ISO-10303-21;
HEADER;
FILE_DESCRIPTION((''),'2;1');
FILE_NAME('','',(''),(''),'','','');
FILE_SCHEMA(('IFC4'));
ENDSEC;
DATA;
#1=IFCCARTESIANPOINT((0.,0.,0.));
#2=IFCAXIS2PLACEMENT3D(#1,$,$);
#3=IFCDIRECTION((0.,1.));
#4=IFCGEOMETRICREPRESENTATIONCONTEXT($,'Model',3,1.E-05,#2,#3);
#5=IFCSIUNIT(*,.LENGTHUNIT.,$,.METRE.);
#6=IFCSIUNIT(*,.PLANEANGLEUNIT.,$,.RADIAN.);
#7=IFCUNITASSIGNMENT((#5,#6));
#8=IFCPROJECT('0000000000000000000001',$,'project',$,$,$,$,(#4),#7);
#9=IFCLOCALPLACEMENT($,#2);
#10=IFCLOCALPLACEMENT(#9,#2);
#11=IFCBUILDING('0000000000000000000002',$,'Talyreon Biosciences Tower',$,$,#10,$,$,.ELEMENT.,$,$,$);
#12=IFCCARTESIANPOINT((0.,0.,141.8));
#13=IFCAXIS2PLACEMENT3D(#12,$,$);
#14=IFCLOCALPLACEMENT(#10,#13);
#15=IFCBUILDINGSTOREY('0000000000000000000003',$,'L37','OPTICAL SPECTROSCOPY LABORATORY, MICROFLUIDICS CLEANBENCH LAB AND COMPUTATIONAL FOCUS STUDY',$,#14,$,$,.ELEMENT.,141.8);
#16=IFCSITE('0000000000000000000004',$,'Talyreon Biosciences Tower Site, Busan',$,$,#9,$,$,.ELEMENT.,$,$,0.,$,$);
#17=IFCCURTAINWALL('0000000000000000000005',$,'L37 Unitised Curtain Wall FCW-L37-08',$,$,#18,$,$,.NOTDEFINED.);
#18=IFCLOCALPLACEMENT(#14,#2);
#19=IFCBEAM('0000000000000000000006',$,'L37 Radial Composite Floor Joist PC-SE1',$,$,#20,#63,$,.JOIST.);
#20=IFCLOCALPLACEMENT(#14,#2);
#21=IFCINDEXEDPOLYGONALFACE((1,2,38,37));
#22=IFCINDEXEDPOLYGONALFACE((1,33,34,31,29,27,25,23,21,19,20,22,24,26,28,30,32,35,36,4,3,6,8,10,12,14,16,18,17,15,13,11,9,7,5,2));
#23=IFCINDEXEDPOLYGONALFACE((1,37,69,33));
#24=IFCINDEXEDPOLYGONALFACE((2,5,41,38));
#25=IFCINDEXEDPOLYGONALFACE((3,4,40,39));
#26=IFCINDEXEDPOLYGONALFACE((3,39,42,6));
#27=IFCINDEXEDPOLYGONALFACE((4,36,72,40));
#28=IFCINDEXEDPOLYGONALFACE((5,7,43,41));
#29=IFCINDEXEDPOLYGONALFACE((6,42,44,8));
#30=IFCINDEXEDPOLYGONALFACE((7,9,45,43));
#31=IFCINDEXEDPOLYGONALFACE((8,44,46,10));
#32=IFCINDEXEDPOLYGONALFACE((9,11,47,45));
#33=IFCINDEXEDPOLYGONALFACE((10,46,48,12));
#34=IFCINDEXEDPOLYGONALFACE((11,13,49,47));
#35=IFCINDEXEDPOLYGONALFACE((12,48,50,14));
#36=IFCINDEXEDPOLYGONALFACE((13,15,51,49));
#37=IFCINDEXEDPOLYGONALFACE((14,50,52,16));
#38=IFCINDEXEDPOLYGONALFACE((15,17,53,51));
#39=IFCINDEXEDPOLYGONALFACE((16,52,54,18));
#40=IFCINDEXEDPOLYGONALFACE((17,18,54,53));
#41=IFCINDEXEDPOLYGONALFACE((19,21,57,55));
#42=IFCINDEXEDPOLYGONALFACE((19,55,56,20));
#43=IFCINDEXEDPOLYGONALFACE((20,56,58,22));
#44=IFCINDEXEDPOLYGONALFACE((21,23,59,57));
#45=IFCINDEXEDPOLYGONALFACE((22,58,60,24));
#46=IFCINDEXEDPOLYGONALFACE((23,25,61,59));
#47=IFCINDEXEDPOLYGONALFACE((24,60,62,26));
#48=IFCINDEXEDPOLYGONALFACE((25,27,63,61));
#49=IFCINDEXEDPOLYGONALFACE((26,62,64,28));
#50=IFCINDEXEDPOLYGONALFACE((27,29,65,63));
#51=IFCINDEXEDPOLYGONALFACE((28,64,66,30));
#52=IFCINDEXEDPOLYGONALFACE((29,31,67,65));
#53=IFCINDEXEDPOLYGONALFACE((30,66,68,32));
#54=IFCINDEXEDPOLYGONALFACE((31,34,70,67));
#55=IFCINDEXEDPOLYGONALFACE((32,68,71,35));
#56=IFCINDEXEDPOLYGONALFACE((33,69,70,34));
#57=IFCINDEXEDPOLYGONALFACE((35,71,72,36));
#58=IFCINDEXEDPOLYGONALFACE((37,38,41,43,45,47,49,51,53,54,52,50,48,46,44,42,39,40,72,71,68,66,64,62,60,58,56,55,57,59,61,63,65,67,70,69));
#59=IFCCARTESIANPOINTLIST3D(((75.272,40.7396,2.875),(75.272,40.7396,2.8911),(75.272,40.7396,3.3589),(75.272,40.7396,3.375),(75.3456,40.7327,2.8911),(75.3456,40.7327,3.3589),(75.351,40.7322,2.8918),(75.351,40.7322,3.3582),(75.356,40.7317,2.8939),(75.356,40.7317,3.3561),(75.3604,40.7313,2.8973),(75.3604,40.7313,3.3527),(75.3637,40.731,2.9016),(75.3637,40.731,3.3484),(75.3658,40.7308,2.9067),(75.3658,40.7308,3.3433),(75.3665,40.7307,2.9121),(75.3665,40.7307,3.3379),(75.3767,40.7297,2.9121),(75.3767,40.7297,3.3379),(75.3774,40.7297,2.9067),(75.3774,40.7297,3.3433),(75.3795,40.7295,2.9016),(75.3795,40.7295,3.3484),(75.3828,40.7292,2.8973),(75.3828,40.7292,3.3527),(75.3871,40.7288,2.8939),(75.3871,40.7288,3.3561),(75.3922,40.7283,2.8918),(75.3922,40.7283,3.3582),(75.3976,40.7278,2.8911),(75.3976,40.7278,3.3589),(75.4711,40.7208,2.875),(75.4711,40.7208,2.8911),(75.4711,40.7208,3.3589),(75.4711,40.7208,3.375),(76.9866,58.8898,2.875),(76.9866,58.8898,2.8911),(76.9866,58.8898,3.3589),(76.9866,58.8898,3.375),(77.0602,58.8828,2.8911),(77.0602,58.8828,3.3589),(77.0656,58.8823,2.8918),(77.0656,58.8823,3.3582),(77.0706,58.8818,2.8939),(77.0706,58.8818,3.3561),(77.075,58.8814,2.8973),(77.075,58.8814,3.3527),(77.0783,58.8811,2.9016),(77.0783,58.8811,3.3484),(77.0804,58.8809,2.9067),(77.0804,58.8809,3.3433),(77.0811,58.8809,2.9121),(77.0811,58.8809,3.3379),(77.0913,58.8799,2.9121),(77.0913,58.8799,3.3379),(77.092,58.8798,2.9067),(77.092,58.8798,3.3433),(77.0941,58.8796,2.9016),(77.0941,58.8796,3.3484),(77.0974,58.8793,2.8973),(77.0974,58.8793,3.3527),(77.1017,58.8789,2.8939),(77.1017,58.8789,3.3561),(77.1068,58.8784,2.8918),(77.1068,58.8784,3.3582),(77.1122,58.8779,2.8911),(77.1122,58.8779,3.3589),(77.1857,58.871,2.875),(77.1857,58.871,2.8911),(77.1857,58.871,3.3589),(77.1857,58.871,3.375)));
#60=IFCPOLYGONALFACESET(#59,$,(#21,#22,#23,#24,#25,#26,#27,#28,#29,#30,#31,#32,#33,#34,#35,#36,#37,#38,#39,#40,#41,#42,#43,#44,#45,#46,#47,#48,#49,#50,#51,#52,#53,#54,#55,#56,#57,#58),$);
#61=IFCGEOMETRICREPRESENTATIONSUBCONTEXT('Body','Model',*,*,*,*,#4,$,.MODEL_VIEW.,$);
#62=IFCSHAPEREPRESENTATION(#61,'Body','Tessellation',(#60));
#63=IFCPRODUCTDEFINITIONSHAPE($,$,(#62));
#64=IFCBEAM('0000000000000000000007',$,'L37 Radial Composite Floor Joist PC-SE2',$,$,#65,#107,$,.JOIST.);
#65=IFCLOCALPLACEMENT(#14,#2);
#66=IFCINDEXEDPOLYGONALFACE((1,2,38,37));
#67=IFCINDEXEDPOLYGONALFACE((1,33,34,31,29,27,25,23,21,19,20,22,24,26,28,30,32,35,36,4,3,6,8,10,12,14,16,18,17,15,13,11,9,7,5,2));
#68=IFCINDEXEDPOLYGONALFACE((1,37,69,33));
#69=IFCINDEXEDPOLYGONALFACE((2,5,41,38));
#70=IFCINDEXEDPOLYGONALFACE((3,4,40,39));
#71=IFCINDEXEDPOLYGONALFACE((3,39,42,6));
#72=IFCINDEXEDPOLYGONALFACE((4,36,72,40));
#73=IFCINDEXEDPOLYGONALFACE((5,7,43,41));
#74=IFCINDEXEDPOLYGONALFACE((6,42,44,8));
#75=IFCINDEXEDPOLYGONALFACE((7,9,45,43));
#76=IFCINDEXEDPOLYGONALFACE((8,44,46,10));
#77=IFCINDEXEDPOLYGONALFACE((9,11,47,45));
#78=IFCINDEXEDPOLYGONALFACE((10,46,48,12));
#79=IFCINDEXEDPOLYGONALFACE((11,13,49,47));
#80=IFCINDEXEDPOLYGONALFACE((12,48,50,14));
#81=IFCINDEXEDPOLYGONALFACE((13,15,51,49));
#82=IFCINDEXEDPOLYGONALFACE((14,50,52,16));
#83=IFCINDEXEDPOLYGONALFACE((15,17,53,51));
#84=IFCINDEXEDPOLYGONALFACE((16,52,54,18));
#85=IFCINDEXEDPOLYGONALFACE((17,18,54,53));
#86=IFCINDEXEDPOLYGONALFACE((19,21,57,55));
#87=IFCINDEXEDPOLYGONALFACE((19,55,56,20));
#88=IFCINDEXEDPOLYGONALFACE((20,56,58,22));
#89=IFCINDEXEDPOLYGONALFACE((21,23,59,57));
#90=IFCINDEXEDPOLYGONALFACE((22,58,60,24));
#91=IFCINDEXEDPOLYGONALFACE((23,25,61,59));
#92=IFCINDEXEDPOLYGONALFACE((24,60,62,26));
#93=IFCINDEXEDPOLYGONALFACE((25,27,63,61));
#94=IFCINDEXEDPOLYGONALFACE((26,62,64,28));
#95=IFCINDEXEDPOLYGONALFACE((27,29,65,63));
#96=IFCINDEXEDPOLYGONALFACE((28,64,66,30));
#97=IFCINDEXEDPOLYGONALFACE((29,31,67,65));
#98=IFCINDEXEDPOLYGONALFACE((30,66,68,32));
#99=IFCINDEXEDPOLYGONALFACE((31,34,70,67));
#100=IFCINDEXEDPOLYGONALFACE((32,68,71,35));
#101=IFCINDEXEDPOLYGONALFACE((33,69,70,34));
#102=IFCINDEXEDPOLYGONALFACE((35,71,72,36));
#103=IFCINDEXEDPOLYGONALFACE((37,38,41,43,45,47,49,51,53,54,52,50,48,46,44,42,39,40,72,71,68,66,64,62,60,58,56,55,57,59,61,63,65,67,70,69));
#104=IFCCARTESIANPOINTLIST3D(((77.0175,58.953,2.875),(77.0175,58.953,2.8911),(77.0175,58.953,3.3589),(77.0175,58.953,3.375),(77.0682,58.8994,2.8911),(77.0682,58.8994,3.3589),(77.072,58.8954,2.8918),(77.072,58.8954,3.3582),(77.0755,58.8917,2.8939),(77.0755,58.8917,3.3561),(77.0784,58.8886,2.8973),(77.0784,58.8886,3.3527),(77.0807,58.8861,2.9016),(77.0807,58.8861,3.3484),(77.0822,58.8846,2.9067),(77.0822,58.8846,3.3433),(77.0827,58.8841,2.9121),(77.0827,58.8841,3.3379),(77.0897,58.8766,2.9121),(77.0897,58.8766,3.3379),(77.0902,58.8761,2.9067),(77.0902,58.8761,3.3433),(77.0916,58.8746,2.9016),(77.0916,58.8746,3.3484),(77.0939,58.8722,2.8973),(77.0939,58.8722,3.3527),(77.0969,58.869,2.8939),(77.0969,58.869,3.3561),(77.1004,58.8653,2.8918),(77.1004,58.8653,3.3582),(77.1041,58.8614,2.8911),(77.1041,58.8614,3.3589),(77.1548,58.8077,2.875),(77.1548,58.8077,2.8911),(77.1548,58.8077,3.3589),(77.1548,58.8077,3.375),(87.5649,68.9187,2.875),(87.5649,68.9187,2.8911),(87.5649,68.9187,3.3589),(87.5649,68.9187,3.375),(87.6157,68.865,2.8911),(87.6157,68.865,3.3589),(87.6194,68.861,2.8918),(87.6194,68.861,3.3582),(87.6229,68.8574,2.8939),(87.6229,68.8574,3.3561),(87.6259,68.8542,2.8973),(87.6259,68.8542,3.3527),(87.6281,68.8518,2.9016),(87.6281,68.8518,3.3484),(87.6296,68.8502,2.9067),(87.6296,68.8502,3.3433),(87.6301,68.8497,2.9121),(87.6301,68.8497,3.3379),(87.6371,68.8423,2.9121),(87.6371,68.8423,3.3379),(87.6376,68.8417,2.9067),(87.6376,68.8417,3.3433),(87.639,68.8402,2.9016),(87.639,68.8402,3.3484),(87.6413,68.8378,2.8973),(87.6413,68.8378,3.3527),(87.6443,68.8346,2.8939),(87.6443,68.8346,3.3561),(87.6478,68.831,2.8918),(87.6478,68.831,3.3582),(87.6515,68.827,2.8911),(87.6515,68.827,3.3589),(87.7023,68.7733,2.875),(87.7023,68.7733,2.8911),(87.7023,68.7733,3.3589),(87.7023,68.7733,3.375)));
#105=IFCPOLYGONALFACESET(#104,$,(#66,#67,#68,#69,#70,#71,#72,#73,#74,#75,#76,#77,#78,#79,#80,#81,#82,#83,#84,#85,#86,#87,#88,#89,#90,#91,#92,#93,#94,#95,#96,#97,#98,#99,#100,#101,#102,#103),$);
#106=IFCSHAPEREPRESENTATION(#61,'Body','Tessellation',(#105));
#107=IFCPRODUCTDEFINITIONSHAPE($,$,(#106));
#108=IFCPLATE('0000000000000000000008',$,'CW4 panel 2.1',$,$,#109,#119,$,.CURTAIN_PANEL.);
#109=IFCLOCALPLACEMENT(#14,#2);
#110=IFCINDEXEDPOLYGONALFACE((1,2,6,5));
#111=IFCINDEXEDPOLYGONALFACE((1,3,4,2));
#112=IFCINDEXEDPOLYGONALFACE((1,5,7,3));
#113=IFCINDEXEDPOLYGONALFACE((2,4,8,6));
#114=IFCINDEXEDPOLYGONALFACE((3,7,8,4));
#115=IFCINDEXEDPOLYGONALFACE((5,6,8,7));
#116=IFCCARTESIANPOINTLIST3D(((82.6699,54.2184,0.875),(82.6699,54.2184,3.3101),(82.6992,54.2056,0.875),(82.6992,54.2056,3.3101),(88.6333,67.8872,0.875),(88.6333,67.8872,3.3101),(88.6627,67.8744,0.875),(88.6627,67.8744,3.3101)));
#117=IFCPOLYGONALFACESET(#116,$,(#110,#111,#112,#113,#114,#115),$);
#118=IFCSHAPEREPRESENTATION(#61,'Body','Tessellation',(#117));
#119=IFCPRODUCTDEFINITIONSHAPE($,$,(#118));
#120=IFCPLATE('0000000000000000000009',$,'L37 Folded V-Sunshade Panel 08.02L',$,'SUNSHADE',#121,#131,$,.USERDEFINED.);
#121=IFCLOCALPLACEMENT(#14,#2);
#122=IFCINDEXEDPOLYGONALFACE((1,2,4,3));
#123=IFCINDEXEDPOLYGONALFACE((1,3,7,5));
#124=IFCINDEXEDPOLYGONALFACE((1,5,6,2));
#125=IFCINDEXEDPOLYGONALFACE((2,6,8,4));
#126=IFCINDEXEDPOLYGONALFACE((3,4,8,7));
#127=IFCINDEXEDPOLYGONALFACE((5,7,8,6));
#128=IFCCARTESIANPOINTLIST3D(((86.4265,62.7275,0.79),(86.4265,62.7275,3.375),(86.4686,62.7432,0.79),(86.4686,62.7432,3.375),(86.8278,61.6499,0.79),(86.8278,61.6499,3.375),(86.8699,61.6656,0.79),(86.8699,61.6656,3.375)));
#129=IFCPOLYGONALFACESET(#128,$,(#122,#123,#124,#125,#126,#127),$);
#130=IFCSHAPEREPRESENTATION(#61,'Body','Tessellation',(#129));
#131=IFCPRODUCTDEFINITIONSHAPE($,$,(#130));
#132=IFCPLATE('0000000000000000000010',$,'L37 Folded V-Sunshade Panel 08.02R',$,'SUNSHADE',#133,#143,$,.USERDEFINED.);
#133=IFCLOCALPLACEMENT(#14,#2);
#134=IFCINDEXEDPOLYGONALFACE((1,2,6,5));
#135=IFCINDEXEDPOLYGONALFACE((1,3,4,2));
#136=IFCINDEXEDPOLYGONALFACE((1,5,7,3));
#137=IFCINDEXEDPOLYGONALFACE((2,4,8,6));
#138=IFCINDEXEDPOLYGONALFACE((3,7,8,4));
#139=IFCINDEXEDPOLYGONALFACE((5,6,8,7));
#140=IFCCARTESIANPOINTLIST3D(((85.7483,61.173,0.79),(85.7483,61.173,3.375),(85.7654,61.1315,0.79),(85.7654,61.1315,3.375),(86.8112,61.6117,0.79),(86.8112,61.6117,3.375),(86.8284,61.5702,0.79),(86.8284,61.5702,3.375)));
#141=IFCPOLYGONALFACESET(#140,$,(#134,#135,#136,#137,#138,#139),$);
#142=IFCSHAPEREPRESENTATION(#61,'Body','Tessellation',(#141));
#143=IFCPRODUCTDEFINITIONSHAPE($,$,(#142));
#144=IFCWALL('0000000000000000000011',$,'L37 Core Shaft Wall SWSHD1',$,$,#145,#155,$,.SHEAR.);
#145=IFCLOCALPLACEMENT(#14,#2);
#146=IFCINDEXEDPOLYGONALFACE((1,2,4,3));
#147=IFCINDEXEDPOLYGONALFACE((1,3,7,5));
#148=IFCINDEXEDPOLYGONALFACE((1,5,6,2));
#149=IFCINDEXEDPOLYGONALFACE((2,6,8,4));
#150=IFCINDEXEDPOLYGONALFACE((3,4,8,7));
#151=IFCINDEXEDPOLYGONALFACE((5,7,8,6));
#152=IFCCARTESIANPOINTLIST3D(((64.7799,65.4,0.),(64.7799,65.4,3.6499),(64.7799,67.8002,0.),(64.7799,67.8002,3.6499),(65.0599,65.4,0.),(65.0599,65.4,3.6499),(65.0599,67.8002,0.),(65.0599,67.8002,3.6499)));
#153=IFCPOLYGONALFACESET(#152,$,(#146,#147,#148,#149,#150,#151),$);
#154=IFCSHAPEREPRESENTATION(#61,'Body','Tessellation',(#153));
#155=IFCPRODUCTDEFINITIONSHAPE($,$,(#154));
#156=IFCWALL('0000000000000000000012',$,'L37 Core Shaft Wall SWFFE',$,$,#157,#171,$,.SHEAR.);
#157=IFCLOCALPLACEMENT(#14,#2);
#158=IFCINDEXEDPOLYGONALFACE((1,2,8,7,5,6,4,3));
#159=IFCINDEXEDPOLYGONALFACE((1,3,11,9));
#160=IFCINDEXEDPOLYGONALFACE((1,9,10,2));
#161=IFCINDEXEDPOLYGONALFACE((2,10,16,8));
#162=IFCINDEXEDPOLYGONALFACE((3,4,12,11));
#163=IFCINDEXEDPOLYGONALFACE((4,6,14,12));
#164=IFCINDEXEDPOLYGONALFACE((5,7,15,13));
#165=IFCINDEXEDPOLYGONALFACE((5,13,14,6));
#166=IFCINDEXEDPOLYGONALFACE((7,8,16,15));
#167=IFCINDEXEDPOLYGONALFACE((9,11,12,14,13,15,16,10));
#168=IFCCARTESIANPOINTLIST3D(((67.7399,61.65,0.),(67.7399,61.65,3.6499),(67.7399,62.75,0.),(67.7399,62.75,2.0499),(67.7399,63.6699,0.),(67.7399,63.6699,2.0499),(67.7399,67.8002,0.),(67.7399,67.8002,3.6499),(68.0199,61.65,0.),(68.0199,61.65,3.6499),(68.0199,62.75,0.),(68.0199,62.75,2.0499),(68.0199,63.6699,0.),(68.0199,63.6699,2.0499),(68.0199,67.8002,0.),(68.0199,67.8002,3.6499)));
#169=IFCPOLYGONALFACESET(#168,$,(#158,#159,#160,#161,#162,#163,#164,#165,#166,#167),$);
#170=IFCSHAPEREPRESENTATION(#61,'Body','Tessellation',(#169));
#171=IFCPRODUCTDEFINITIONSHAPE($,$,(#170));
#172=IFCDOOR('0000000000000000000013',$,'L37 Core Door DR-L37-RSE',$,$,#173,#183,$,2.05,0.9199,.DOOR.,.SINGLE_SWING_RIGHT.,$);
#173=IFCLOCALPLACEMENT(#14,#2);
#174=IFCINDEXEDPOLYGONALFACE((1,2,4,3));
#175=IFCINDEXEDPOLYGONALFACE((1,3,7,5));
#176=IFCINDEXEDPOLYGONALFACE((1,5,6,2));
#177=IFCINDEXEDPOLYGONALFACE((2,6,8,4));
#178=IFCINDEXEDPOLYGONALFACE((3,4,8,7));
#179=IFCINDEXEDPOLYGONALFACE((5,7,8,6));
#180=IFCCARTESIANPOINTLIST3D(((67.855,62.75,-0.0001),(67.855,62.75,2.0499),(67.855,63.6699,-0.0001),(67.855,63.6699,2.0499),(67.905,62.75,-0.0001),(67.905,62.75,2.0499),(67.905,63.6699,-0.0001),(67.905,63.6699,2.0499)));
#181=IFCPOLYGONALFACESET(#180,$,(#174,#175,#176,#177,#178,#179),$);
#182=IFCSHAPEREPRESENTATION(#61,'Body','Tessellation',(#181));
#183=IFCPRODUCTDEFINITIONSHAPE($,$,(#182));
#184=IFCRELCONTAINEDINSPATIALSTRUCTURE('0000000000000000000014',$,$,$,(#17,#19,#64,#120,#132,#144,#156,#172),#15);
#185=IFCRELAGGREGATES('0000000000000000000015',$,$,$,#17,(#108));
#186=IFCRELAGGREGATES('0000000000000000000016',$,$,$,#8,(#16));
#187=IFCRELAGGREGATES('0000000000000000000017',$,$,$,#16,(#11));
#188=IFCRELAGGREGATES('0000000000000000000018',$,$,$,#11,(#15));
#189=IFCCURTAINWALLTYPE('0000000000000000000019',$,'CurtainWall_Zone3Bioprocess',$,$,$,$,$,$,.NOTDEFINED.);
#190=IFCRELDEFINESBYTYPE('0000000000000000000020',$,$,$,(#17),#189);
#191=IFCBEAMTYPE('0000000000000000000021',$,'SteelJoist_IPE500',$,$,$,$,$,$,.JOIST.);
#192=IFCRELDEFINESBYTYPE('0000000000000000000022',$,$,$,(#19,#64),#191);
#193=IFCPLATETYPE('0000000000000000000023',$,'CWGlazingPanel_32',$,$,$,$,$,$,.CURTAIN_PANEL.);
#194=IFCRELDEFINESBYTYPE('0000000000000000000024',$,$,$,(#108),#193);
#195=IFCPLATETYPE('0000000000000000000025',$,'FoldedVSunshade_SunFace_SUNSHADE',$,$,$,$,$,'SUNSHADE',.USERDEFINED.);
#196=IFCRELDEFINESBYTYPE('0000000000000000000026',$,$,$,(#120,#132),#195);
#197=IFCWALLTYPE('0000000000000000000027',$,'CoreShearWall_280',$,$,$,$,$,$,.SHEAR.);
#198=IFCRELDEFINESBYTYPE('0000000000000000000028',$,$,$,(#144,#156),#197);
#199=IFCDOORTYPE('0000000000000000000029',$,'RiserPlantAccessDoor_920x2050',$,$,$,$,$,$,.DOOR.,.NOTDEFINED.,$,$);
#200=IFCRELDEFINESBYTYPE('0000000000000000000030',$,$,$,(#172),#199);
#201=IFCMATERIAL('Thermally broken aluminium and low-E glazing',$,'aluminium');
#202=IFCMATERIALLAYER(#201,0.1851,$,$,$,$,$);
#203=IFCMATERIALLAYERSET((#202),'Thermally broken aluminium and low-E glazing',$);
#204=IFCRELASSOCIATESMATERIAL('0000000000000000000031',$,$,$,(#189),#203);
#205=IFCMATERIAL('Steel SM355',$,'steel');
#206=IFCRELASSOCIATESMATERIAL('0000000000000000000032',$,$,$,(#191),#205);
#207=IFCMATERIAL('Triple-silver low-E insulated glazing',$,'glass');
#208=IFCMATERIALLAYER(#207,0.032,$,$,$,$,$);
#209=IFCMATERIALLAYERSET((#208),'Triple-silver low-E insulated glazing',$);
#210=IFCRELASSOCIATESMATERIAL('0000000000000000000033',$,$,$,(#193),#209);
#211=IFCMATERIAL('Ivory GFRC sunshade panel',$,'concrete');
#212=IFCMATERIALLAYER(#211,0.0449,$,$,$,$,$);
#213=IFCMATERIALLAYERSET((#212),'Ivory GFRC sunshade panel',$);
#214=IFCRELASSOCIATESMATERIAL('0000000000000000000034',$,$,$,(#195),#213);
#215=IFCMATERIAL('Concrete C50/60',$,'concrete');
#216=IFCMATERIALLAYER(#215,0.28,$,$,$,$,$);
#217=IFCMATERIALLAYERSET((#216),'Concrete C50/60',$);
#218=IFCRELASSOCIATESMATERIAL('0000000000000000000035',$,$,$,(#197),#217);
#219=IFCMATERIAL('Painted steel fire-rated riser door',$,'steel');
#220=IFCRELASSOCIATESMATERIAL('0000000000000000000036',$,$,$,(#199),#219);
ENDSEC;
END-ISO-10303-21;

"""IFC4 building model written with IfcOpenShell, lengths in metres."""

from ifc_helpers import new_model, si_unit, direction, frame, frame_2d, origin, origin_2d, place, context, subcontext, project, spatial, rectangle, i_section, extrude, material, layer, layer_set, material_profile, profile_set, type_object, element, fill, aggregate, save


model = new_model("IFC4")

# Units and contexts
model_context = context("Model", 3, precision=1e-05, world=origin(), true_north=direction((0.0, 1.0)))
body_context = subcontext(model_context, "Body", "Model", "MODEL_VIEW")
ifc_project = project(units=[si_unit("LENGTHUNIT", "METRE"), si_unit("PLANEANGLEUNIT", "RADIAN")], contexts=[model_context])

# Site, building, storey
site_placement = place(None, origin())
site = spatial("IfcSite", under=ifc_project, at=site_placement, Name="Talyreon Biosciences Tower Site, Busan", CompositionType="ELEMENT", RefElevation=0.0)
building_placement = place(site_placement, origin())
building = spatial("IfcBuilding", under=site, at=building_placement, Name="Talyreon Biosciences Tower", CompositionType="ELEMENT")
storey_placement = place(building_placement, frame((0.0, 0.0, 141.8)))
storey = spatial("IfcBuildingStorey", under=building, at=storey_placement, Name="L37", Description="OPTICAL SPECTROSCOPY LABORATORY, MICROFLUIDICS CLEANBENCH LAB AND COMPUTATIONAL FOCUS STUDY", CompositionType="ELEMENT", Elevation=141.8)

# Shared definitions
ifc_material_1 = material(Name="Concrete C50/60", Category="concrete")

# Curtain wall
ifc_material_2 = material(Name="Thermally broken aluminium and low-E glazing", Category="aluminium")
ifc_layer_1 = layer(ifc_material_2, 0.1851)
ifc_layer_set_1 = layer_set([ifc_layer_1], Name="Thermally broken aluminium and low-E glazing")
curtain_wall_type = type_object("IfcCurtainWallType", Name="CurtainWall_Zone3Bioprocess", PredefinedType="NOTDEFINED", material=ifc_layer_set_1)
curtain_wall_placement = place(storey_placement, origin())
curtain_wall = element("IfcCurtainWall", 1, at=curtain_wall_placement, inside=storey, type_object=curtain_wall_type, Name="L37 Unitised Curtain Wall FCW-L37-08", PredefinedType="NOTDEFINED")

# Beams
ifc_material_3 = material(Name="Steel SM355", Category="steel")
ifc_material_profile_1 = material_profile(ifc_material_3, i_section(OverallWidth=0.2, OverallDepth=0.5, WebThickness=0.0103, FlangeThickness=0.0161, FilletRadius=0.021, at=origin_2d()), Name="IPE500")
ifc_profile_set_1 = profile_set([ifc_material_profile_1], Name="Steel SM355")
beam_type_1 = type_object("IfcBeamType", Name="SteelJoist_IPE500", PredefinedType="JOIST", material=ifc_profile_set_1)
beam_1_placement = place(storey_placement, frame((77.0862, 58.8804, 3.125), z_axis=(-0.094049, -0.995568, 0.0), x_axis=(0.995568, -0.094049, 0.0)))
element("IfcBeam", 2, at=beam_1_placement, inside=storey, type_object=beam_type_1, Name="L37 Radial Composite Floor Joist PC-SE1", PredefinedType="JOIST", context=body_context, shape_type="SweptSolid", body=[
    extrude(i_section(OverallWidth=0.2, OverallDepth=0.5, WebThickness=0.0103, FlangeThickness=0.0161, FilletRadius=0.021, at=origin_2d()), origin(), (0.0, 0.0, 1.0), 18.231),
])
beam_2_placement = place(storey_placement, frame((77.0862, 58.8804, 3.125), z_axis=(0.726869, 0.686776, 0.0), x_axis=(-0.686776, 0.726869, 0.0)))
element("IfcBeam", 3, at=beam_2_placement, inside=storey, type_object=beam_type_1, Name="L37 Radial Composite Floor Joist PC-SE2", PredefinedType="JOIST", context=body_context, shape_type="SweptSolid", body=[
    extrude(i_section(OverallWidth=0.2, OverallDepth=0.5, WebThickness=0.0103, FlangeThickness=0.0161, FilletRadius=0.021, at=origin_2d()), origin(), (0.0, 0.0, 1.0), 14.5107),
])

# Plate
ifc_material_4 = material(Name="Triple-silver low-E insulated glazing", Category="glass")
ifc_layer_2 = layer(ifc_material_4, 0.032)
ifc_layer_set_2 = layer_set([ifc_layer_2], Name="Triple-silver low-E insulated glazing")
plate_type_1 = type_object("IfcPlateType", Name="CWGlazingPanel_32", PredefinedType="CURTAIN_PANEL", material=ifc_layer_set_2)
plate_placement = place(storey_placement, frame((85.6663, 61.0464, 0.875), z_axis=(0.0, 0.0, 1.0), x_axis=(-0.399882, -0.916566, 0.0)))
plate = element("IfcPlate", 4, at=plate_placement, type_object=plate_type_1, Name="CW4 panel 2.1", PredefinedType="CURTAIN_PANEL", context=body_context, shape_type="SweptSolid", body=[
    extrude(rectangle(XDim=14.9131, YDim=0.032, at=origin_2d()), origin(), (0.0, 0.0, 1.0), 2.4351),
])
aggregate(curtain_wall, [plate])

# Plates
ifc_material_5 = material(Name="Ivory GFRC sunshade panel", Category="concrete")
ifc_layer_3 = layer(ifc_material_5, 0.0449)
ifc_layer_set_3 = layer_set([ifc_layer_3], Name="Ivory GFRC sunshade panel")
plate_type_2 = type_object("IfcPlateType", Name="FoldedVSunshade_SunFace_SUNSHADE", ElementType="SUNSHADE", PredefinedType="USERDEFINED", material=ifc_layer_set_3)
for number, where, z_axis, x_axis, name in (
    (5, (86.6482, 62.1965, 0.79), (0.0, 0.0, 1.0), (0.349046, -0.937105, 0.0), "L37 Folded V-Sunshade Panel 08.02L"),
    (6, (86.2883, 61.3716, 0.79), (0.0, 0.0, 1.0), (-0.924353, -0.381538, 0.0), "L37 Folded V-Sunshade Panel 08.02R"),
):
    element("IfcPlate", number, at=place(storey_placement, frame(where, z_axis=z_axis, x_axis=x_axis)), inside=storey, type_object=plate_type_2, Name=name, ObjectType="SUNSHADE", PredefinedType="USERDEFINED", context=body_context, shape_type="SweptSolid", body=[
        extrude(rectangle(XDim=1.1499, YDim=0.0449, at=origin_2d()), origin(), (0.0, 0.0, 1.0), 2.585),
    ])

# Wall
ifc_layer_4 = layer(ifc_material_1, 0.28)
ifc_layer_set_4 = layer_set([ifc_layer_4], Name="Concrete C50/60")
wall_type_1 = type_object("IfcWallType", Name="CoreShearWall_280", PredefinedType="SHEAR", material=ifc_layer_set_4)
wall_1_placement = place(storey_placement, frame((64.9199, 65.3999, 0.0), z_axis=(0.0, 0.0, 1.0), x_axis=(0.0, 1.0, 0.0)))
element("IfcWall", 7, at=wall_1_placement, inside=storey, type_object=wall_type_1, Name="L37 Core Shaft Wall SWSHD1", PredefinedType="SHEAR", context=body_context, shape_type="SweptSolid", body=[
    extrude(rectangle(XDim=2.4001, YDim=0.28, at=frame_2d((1.2002, 0.0))), origin(), (0.0, 0.0, 1.0), 3.6499),
])

# Wall, opening, door
wall_2_placement = place(storey_placement, frame((67.8799, 61.6499, 0.0), z_axis=(0.0, 0.0, 1.0), x_axis=(0.0, 1.0, 0.0)))
wall_2 = element("IfcWall", 8, at=wall_2_placement, inside=storey, type_object=wall_type_1, Name="L37 Core Shaft Wall SWFFE", PredefinedType="SHEAR", context=body_context, shape_type="SweptSolid", body=[
    extrude(rectangle(XDim=6.1501, YDim=0.28, at=frame_2d((3.0752, 0.0))), origin(), (0.0, 0.0, 1.0), 3.6499),
])
opening_1_placement = place(wall_2_placement, frame((1.1001, 0.0, 0.0)))
opening_1 = element("IfcOpeningElement", 9, at=opening_1_placement, cuts=wall_2, PredefinedType="OPENING", context=body_context, shape_type="SweptSolid", body=[
    extrude(rectangle(XDim=0.9199, YDim=2.05, at=frame_2d((0.46, 1.0249))), frame((0.0, 0.1499, 0.0), z_axis=(0.0, -1.0, 0.0), x_axis=(1.0, 0.0, 0.0)), (0.0, 0.0, 1.0), 0.3),
])
ifc_material_6 = material(Name="Painted steel fire-rated riser door", Category="steel")
door_type = type_object("IfcDoorType", Name="RiserPlantAccessDoor_920x2050", OperationType="NOTDEFINED", PredefinedType="DOOR", material=ifc_material_6)
door_1_placement = place(opening_1_placement, origin())
door_1 = element("IfcDoor", 10, at=door_1_placement, inside=storey, type_object=door_type, Name="L37 Core Door DR-L37-RSE", OperationType="SINGLE_SWING_RIGHT", OverallHeight=2.05, OverallWidth=0.9199, PredefinedType="DOOR", context=body_context, shape_type="SweptSolid", body=[
    extrude(rectangle(XDim=0.9199, YDim=2.05, at=frame_2d((0.46, 1.0249))), frame((0.0, 0.0249, 0.0), z_axis=(0.0, -1.0, 0.0), x_axis=(1.0, 0.0, 0.0)), (0.0, 0.0, 1.0), 0.05),
])
fill(opening_1, door_1)

save(model, "model.ifc")
